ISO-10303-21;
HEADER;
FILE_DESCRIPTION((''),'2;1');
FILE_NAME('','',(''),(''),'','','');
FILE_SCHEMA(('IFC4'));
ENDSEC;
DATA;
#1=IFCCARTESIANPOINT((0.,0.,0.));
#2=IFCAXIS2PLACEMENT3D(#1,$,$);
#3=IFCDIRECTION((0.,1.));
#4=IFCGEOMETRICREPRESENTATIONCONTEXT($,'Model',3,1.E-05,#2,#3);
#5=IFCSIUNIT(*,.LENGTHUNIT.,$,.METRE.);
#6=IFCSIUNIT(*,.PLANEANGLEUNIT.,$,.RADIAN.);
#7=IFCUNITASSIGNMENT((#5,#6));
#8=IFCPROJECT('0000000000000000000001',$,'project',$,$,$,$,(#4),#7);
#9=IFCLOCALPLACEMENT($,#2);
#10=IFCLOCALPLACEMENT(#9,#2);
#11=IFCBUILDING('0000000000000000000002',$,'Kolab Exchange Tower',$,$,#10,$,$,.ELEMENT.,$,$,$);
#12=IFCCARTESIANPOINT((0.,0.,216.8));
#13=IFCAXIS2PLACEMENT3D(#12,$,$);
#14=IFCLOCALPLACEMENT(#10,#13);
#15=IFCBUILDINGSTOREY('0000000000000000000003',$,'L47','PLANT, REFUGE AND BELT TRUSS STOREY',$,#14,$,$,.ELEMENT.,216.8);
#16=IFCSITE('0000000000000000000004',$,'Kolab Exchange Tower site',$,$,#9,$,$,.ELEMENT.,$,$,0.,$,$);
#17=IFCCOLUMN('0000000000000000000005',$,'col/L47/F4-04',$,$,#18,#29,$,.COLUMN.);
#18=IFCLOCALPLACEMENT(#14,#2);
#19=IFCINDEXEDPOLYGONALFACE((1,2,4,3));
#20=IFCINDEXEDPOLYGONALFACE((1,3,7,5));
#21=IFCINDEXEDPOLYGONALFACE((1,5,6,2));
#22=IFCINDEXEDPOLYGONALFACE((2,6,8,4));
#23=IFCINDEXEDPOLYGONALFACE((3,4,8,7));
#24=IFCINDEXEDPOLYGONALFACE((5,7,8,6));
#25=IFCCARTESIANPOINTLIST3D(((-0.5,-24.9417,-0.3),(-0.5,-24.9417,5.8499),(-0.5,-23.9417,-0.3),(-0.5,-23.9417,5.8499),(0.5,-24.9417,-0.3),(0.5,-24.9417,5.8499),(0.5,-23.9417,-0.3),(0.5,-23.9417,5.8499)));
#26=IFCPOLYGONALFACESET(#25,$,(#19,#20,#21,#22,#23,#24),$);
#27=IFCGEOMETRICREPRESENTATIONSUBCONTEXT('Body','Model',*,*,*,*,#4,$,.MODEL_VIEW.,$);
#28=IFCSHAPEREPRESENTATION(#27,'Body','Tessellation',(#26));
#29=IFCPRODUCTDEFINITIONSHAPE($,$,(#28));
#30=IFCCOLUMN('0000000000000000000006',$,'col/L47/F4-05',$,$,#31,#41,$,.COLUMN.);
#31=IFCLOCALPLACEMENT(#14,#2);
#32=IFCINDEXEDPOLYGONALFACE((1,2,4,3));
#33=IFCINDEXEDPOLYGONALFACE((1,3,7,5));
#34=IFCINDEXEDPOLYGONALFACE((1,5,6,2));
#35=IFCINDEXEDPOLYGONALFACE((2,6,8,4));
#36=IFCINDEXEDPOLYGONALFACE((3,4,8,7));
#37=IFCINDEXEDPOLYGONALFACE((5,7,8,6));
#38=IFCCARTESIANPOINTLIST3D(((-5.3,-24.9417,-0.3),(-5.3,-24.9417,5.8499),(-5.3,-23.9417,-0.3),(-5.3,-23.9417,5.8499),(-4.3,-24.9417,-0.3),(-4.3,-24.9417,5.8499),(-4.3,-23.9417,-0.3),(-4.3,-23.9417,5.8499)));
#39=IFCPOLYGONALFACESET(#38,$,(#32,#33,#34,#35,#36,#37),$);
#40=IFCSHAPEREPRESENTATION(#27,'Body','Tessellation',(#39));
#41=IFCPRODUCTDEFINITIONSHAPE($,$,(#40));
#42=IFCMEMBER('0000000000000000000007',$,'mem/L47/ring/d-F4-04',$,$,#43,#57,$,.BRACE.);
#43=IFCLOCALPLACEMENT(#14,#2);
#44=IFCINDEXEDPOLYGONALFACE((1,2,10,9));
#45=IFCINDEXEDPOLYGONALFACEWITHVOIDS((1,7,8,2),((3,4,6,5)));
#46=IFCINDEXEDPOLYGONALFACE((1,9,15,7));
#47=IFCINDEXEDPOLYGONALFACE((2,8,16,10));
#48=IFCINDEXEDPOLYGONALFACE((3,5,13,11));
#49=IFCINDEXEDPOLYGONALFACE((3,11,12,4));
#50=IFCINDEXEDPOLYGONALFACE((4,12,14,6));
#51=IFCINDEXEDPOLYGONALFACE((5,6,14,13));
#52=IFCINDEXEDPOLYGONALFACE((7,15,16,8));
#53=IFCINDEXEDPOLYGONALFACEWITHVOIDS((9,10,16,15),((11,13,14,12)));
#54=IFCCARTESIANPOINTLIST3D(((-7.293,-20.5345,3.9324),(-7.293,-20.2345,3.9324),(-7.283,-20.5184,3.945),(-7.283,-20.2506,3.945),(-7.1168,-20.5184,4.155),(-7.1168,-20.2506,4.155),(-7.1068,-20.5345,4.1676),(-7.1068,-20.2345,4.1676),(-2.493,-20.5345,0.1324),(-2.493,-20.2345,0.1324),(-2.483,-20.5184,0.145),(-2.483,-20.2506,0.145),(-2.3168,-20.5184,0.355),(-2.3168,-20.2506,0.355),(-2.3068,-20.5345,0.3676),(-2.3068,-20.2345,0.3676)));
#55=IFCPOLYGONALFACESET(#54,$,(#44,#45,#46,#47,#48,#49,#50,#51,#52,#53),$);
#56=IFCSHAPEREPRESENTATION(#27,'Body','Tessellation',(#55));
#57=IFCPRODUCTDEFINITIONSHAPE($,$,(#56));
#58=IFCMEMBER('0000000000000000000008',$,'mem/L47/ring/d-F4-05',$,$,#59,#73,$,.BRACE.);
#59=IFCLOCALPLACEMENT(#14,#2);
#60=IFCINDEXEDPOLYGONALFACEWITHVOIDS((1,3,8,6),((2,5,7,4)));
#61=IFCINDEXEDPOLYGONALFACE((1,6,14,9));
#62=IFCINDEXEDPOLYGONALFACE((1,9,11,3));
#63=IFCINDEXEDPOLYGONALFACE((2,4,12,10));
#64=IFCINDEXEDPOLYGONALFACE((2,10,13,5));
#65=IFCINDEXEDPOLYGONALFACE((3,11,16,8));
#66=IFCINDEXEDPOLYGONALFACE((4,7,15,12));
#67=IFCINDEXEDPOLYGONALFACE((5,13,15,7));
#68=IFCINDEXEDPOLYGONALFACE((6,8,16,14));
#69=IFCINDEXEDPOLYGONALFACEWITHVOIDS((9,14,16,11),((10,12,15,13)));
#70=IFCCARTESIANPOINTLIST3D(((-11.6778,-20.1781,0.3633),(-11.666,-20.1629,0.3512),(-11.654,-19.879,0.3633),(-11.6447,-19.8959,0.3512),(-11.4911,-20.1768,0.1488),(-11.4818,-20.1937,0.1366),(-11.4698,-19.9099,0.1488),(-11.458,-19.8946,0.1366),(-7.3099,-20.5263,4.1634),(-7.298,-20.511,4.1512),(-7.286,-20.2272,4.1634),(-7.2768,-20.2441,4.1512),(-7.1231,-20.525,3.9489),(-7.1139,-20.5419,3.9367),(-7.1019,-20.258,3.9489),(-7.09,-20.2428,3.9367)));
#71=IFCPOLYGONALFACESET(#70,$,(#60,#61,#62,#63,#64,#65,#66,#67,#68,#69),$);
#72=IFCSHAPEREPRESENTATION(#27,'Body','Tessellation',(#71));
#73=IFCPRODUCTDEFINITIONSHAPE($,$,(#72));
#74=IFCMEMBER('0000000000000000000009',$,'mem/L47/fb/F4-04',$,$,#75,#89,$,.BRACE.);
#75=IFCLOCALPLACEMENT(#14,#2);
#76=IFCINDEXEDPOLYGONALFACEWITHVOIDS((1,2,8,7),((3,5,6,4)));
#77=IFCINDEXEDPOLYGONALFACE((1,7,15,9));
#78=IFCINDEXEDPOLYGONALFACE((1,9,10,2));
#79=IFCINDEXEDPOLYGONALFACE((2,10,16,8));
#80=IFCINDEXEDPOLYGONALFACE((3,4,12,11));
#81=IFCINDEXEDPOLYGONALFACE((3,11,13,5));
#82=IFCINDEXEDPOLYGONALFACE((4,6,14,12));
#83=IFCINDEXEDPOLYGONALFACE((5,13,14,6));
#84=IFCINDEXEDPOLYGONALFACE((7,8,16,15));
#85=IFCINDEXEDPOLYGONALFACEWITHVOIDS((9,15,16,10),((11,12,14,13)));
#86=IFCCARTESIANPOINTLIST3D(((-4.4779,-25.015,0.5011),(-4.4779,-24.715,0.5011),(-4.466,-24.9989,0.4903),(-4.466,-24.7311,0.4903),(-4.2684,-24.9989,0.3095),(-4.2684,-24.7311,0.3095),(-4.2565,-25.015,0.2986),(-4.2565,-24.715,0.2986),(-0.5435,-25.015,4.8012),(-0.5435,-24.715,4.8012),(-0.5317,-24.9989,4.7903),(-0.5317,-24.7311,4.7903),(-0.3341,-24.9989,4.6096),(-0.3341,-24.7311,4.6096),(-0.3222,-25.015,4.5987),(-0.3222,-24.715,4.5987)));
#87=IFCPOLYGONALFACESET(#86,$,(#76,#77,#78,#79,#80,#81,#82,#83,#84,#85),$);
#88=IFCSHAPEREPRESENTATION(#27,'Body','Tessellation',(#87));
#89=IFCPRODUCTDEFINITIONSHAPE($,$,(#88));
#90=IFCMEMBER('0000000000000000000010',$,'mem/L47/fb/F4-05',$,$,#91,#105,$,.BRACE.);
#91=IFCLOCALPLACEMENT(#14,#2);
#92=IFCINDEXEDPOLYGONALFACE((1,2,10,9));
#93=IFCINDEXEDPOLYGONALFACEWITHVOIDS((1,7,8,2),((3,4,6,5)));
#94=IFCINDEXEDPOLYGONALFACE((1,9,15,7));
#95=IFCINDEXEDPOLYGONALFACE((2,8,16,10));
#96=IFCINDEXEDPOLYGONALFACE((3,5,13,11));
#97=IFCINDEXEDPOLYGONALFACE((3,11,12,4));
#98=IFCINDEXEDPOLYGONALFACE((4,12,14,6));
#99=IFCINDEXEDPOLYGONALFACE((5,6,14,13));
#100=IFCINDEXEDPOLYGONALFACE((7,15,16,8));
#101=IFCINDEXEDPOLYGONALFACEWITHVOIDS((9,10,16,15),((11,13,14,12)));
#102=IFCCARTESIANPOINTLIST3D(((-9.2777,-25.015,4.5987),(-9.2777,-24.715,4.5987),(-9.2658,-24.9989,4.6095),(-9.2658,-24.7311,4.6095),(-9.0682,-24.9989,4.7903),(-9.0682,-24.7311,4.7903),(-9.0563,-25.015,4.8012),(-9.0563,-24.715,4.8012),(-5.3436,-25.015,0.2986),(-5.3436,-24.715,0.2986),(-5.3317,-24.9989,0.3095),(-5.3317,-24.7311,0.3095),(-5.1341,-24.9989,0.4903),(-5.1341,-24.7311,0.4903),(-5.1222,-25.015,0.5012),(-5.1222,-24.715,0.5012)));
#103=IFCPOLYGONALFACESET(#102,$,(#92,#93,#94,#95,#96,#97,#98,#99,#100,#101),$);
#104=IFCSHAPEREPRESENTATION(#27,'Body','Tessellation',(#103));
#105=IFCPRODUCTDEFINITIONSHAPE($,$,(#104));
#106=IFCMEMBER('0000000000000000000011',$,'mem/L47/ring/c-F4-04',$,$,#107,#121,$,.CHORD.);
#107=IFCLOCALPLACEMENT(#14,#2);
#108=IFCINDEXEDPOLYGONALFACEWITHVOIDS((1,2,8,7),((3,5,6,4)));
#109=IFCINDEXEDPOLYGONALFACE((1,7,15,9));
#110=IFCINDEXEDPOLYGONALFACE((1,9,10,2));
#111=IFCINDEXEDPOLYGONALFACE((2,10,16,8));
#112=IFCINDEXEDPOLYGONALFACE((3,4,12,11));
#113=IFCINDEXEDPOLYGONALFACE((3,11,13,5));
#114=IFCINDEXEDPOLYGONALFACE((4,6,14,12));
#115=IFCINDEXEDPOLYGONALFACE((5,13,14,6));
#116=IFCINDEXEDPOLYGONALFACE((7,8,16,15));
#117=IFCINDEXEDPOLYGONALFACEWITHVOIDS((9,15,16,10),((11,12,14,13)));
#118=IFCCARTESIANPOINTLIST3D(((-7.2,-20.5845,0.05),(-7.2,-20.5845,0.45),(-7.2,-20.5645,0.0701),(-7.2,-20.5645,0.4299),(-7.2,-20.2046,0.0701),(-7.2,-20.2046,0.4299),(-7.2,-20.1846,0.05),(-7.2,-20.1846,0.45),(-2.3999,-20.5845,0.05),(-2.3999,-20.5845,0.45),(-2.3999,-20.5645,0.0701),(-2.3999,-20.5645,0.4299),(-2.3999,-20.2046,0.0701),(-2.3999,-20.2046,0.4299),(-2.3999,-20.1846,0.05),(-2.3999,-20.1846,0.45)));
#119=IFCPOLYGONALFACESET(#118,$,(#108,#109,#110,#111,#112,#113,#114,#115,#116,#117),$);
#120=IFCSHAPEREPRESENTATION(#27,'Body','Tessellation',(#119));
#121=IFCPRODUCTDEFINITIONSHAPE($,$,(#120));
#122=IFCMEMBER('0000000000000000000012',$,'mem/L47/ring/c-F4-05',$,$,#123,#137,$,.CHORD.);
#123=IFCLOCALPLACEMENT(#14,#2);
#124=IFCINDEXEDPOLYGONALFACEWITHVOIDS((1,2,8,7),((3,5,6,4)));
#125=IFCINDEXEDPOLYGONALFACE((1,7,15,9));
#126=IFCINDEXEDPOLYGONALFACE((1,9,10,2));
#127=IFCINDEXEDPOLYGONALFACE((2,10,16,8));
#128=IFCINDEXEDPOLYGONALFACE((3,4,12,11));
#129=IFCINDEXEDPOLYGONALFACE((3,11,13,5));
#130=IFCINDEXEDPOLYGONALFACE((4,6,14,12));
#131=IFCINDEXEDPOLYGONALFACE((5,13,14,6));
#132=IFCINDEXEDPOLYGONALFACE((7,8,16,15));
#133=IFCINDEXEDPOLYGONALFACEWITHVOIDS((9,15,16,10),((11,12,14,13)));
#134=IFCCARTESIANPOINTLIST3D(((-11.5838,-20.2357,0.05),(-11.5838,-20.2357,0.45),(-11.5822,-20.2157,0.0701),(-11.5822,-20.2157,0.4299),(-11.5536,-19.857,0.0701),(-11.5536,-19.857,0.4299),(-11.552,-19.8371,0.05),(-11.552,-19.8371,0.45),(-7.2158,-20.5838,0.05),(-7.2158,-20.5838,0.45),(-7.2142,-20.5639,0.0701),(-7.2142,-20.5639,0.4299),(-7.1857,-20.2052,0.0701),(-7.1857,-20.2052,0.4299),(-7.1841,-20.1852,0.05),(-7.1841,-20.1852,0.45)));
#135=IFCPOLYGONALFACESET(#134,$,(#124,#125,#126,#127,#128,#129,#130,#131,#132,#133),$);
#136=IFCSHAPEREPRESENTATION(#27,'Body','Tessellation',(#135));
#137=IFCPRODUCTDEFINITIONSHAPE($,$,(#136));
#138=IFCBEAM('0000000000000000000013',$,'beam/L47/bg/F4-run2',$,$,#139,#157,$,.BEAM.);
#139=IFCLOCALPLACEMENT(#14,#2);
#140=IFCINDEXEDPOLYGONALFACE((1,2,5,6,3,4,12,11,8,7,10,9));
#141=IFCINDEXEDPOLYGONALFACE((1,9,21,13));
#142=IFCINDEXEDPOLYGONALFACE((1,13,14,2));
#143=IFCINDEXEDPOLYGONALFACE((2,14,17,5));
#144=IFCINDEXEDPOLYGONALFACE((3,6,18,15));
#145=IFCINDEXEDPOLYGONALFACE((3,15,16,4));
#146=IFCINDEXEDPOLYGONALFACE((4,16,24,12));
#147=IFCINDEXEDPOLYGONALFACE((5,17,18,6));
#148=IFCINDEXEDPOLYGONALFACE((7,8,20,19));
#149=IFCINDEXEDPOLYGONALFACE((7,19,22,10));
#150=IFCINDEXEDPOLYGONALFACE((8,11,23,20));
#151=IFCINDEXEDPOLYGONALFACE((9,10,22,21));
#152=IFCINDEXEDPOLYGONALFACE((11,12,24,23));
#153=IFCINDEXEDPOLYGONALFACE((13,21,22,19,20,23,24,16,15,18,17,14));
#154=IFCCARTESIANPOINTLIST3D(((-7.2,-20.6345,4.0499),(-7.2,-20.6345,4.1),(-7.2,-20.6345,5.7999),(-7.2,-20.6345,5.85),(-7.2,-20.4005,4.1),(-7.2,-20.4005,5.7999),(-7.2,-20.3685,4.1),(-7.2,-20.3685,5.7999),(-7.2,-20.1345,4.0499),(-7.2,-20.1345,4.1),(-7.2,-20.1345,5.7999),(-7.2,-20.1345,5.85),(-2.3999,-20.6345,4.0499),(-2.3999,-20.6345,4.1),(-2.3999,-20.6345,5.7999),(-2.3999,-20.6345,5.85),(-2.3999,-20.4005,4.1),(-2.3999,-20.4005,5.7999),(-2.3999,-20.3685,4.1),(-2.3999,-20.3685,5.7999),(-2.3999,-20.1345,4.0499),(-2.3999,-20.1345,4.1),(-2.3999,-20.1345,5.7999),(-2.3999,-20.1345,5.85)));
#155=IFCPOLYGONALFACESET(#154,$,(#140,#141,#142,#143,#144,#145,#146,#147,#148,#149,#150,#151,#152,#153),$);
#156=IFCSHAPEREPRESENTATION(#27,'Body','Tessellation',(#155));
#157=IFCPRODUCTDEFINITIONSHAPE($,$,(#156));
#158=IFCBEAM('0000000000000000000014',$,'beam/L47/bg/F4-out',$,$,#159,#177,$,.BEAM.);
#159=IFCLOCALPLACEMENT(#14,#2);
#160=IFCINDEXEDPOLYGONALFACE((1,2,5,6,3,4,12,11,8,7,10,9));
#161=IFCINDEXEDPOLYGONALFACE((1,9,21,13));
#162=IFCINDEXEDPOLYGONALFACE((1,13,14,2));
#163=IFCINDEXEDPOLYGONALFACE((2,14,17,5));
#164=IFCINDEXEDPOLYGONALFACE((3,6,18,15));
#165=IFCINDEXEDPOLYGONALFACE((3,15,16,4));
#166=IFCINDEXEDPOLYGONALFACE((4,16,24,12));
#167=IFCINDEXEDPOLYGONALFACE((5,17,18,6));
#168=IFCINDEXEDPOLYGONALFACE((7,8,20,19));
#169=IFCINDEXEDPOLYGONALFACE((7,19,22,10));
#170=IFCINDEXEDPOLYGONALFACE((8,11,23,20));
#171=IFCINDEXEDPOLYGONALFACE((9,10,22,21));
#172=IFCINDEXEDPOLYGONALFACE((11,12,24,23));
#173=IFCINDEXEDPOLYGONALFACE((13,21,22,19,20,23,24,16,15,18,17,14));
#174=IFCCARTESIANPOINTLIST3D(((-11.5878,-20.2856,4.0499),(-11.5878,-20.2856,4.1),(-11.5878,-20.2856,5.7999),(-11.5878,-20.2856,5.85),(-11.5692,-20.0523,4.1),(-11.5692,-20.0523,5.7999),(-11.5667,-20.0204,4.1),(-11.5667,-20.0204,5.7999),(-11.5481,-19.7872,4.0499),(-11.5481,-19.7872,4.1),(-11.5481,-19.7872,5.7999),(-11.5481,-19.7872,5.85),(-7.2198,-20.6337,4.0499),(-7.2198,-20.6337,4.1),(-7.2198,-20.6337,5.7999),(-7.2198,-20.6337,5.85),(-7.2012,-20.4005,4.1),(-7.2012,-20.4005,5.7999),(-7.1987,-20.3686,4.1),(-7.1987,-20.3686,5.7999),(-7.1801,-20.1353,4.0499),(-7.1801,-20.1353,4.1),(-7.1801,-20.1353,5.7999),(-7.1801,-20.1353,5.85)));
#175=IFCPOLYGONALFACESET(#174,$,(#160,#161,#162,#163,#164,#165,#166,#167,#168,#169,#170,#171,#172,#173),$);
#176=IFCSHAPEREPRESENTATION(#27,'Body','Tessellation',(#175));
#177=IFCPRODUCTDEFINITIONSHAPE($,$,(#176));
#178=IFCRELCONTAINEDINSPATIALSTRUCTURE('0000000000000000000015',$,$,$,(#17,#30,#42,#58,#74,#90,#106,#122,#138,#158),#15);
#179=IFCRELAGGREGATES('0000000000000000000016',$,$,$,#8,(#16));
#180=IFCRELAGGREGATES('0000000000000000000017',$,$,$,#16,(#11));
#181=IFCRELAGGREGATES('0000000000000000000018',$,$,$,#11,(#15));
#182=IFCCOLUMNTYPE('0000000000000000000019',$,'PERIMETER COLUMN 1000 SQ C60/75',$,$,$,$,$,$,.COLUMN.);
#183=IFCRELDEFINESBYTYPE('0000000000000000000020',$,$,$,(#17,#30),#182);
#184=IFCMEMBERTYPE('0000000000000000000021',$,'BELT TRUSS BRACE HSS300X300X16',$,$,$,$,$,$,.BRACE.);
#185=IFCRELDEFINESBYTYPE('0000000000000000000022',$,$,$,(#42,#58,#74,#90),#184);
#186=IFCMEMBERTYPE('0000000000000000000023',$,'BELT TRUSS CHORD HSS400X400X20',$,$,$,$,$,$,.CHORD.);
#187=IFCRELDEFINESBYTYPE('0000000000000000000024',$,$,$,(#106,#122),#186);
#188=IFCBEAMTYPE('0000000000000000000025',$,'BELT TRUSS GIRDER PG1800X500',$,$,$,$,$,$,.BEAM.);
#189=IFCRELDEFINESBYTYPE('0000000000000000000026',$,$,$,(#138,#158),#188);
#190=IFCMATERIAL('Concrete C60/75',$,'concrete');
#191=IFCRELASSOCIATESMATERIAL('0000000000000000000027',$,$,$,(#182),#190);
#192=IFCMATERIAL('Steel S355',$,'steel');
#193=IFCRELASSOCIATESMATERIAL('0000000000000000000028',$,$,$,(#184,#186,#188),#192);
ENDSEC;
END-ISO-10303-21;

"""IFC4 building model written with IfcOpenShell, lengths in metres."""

from ifc_helpers import new_model, si_unit, direction, frame, origin, origin_2d, place, context, subcontext, project, spatial, rectangle, hollow_rectangle, i_section, extrude, material, material_profile, profile_set, type_object, element, save


model = new_model("IFC4")

# Units and contexts
model_context = context("Model", 3, precision=1e-05, world=origin(), true_north=direction((0.0, 1.0)))
body_context = subcontext(model_context, "Body", "Model", "MODEL_VIEW")
ifc_project = project(units=[si_unit("LENGTHUNIT", "METRE"), si_unit("PLANEANGLEUNIT", "RADIAN")], contexts=[model_context])

# Site, building, storey
site_placement = place(None, origin())
site = spatial("IfcSite", under=ifc_project, at=site_placement, Name="Kolab Exchange Tower site", CompositionType="ELEMENT", RefElevation=0.0)
building_placement = place(site_placement, origin())
building = spatial("IfcBuilding", under=site, at=building_placement, Name="Kolab Exchange Tower", CompositionType="ELEMENT")
storey_placement = place(building_placement, frame((0.0, 0.0, 216.8)))
storey = spatial("IfcBuildingStorey", under=building, at=storey_placement, Name="L47", Description="PLANT, REFUGE AND BELT TRUSS STOREY", CompositionType="ELEMENT", Elevation=216.8)

# Columns
ifc_material_1 = material(Name="Concrete C60/75", Category="concrete")
ifc_material_profile_1 = material_profile(ifc_material_1, rectangle(XDim=1.0, YDim=1.0, at=origin_2d()), Name="RC1000")
ifc_profile_set_1 = profile_set([ifc_material_profile_1], Name="Concrete C60/75")
column_type = type_object("IfcColumnType", Name="PERIMETER COLUMN 1000 SQ C60/75", PredefinedType="COLUMN", material=ifc_profile_set_1)
for number, where, z_axis, x_axis, name in (
    (1, (0.0, -24.4417, -0.3), (0.0, 0.0, 1.0), (1.0, 0.0, 0.0), "col/L47/F4-04"),
    (2, (-4.8, -24.4417, -0.3), (0.0, 0.0, 1.0), (1.0, 0.0, 0.0), "col/L47/F4-05"),
):
    element("IfcColumn", number, at=place(storey_placement, frame(where, z_axis=z_axis, x_axis=x_axis)), inside=storey, type_object=column_type, Name=name, PredefinedType="COLUMN", context=body_context, shape_type="SweptSolid", body=[
        extrude(rectangle(XDim=1.0, YDim=1.0, at=origin_2d()), origin(), (0.0, 0.0, 1.0), 6.1499),
    ])

# Members
ifc_material_2 = material(Name="Steel S355", Category="steel")
ifc_material_profile_2 = material_profile(ifc_material_2, hollow_rectangle(XDim=0.3, YDim=0.3, WallThickness=0.0161, at=origin_2d()), Name="HSS300X300X16")
ifc_profile_set_2 = profile_set([ifc_material_profile_2], Name="Steel S355")
member_type_1 = type_object("IfcMemberType", Name="BELT TRUSS BRACE HSS300X300X16", PredefinedType="BRACE", material=ifc_profile_set_2)
member_1_placement = place(storey_placement, frame((-2.3999, -20.3845, 0.25), z_axis=(-0.784045, 0.0, 0.620704), x_axis=(0.0, -1.0, 0.0)))
element("IfcMember", 3, at=member_1_placement, inside=storey, type_object=member_type_1, Name="mem/L47/ring/d-F4-04", PredefinedType="BRACE", context=body_context, shape_type="SweptSolid", body=[
    extrude(hollow_rectangle(XDim=0.3, YDim=0.3, WallThickness=0.0161, at=origin_2d()), origin(), (0.0, 0.0, 1.0), 6.1221),
])
member_2_placement = place(storey_placement, frame((-7.2, -20.3845, 4.05), z_axis=(-0.753086, 0.060025, -0.655178), x_axis=(-0.079453, -0.996839, 0.0)))
element("IfcMember", 4, at=member_2_placement, inside=storey, type_object=member_type_1, Name="mem/L47/ring/d-F4-05", PredefinedType="BRACE", context=body_context, shape_type="SweptSolid", body=[
    extrude(hollow_rectangle(XDim=0.3, YDim=0.3, WallThickness=0.0161, at=origin_2d()), origin(), (0.0, 0.0, 1.0), 5.8),
])
member_3_placement = place(storey_placement, frame((-0.4329, -24.865, 4.7), z_axis=(-0.675036, 0.0, -0.737785), x_axis=(0.0, -1.0, 0.0)))
element("IfcMember", 5, at=member_3_placement, inside=storey, type_object=member_type_1, Name="mem/L47/fb/F4-04", PredefinedType="BRACE", context=body_context, shape_type="SweptSolid", body=[
    extrude(hollow_rectangle(XDim=0.3, YDim=0.3, WallThickness=0.0161, at=origin_2d()), origin(), (0.0, 0.0, 1.0), 5.8284),
])
member_4_placement = place(storey_placement, frame((-5.2329, -24.865, 0.3999), z_axis=(-0.675013, 0.0, 0.737806), x_axis=(0.0, -1.0, 0.0)))
element("IfcMember", 6, at=member_4_placement, inside=storey, type_object=member_type_1, Name="mem/L47/fb/F4-05", PredefinedType="BRACE", context=body_context, shape_type="SweptSolid", body=[
    extrude(hollow_rectangle(XDim=0.3, YDim=0.3, WallThickness=0.0161, at=origin_2d()), origin(), (0.0, 0.0, 1.0), 5.8281),
])
ifc_material_profile_3 = material_profile(ifc_material_2, hollow_rectangle(XDim=0.3999, YDim=0.3999, WallThickness=0.02, at=origin_2d()), Name="HSS400X400X20")
ifc_profile_set_3 = profile_set([ifc_material_profile_3], Name="Steel S355")
member_type_2 = type_object("IfcMemberType", Name="BELT TRUSS CHORD HSS400X400X20", PredefinedType="CHORD", material=ifc_profile_set_3)
member_5_placement = place(storey_placement, frame((-2.3999, -20.3845, 0.25), z_axis=(-1.0, 0.0, 0.0), x_axis=(0.0, -1.0, 0.0)))
element("IfcMember", 7, at=member_5_placement, inside=storey, type_object=member_type_2, Name="mem/L47/ring/c-F4-04", PredefinedType="CHORD", context=body_context, shape_type="SweptSolid", body=[
    extrude(hollow_rectangle(XDim=0.3999, YDim=0.3999, WallThickness=0.02, at=origin_2d()), origin(), (0.0, 0.0, 1.0), 4.8),
])
member_6_placement = place(storey_placement, frame((-7.2, -20.3845, 0.25), z_axis=(-0.996839, 0.079453, 0.0), x_axis=(-0.079453, -0.996839, 0.0)))
element("IfcMember", 8, at=member_6_placement, inside=storey, type_object=member_type_2, Name="mem/L47/ring/c-F4-05", PredefinedType="CHORD", context=body_context, shape_type="SweptSolid", body=[
    extrude(hollow_rectangle(XDim=0.3999, YDim=0.3999, WallThickness=0.02, at=origin_2d()), origin(), (0.0, 0.0, 1.0), 4.3818),
])

# Beams
ifc_material_profile_4 = material_profile(ifc_material_2, i_section(OverallWidth=0.5, OverallDepth=1.8, WebThickness=0.032, FlangeThickness=0.05, at=origin_2d()), Name="PG1800X500")
ifc_profile_set_4 = profile_set([ifc_material_profile_4], Name="Steel S355")
beam_type_1 = type_object("IfcBeamType", Name="BELT TRUSS GIRDER PG1800X500", PredefinedType="BEAM", material=ifc_profile_set_4)
beam_1_placement = place(storey_placement, frame((-2.3999, -20.3845, 4.95), z_axis=(-1.0, 0.0, 0.0), x_axis=(0.0, -1.0, 0.0)))
element("IfcBeam", 9, at=beam_1_placement, inside=storey, type_object=beam_type_1, Name="beam/L47/bg/F4-run2", PredefinedType="BEAM", context=body_context, shape_type="SweptSolid", body=[
    extrude(i_section(OverallWidth=0.5, OverallDepth=1.8, WebThickness=0.032, FlangeThickness=0.05, at=origin_2d()), origin(), (0.0, 0.0, 1.0), 4.8),
])
beam_2_placement = place(storey_placement, frame((-7.2, -20.3845, 4.95), z_axis=(-0.996839, 0.079453, 0.0), x_axis=(-0.079453, -0.996839, 0.0)))
element("IfcBeam", 10, at=beam_2_placement, inside=storey, type_object=beam_type_1, Name="beam/L47/bg/F4-out", PredefinedType="BEAM", context=body_context, shape_type="SweptSolid", body=[
    extrude(i_section(OverallWidth=0.5, OverallDepth=1.8, WebThickness=0.032, FlangeThickness=0.05, at=origin_2d()), origin(), (0.0, 0.0, 1.0), 4.3818),
])

save(model, "model.ifc")
